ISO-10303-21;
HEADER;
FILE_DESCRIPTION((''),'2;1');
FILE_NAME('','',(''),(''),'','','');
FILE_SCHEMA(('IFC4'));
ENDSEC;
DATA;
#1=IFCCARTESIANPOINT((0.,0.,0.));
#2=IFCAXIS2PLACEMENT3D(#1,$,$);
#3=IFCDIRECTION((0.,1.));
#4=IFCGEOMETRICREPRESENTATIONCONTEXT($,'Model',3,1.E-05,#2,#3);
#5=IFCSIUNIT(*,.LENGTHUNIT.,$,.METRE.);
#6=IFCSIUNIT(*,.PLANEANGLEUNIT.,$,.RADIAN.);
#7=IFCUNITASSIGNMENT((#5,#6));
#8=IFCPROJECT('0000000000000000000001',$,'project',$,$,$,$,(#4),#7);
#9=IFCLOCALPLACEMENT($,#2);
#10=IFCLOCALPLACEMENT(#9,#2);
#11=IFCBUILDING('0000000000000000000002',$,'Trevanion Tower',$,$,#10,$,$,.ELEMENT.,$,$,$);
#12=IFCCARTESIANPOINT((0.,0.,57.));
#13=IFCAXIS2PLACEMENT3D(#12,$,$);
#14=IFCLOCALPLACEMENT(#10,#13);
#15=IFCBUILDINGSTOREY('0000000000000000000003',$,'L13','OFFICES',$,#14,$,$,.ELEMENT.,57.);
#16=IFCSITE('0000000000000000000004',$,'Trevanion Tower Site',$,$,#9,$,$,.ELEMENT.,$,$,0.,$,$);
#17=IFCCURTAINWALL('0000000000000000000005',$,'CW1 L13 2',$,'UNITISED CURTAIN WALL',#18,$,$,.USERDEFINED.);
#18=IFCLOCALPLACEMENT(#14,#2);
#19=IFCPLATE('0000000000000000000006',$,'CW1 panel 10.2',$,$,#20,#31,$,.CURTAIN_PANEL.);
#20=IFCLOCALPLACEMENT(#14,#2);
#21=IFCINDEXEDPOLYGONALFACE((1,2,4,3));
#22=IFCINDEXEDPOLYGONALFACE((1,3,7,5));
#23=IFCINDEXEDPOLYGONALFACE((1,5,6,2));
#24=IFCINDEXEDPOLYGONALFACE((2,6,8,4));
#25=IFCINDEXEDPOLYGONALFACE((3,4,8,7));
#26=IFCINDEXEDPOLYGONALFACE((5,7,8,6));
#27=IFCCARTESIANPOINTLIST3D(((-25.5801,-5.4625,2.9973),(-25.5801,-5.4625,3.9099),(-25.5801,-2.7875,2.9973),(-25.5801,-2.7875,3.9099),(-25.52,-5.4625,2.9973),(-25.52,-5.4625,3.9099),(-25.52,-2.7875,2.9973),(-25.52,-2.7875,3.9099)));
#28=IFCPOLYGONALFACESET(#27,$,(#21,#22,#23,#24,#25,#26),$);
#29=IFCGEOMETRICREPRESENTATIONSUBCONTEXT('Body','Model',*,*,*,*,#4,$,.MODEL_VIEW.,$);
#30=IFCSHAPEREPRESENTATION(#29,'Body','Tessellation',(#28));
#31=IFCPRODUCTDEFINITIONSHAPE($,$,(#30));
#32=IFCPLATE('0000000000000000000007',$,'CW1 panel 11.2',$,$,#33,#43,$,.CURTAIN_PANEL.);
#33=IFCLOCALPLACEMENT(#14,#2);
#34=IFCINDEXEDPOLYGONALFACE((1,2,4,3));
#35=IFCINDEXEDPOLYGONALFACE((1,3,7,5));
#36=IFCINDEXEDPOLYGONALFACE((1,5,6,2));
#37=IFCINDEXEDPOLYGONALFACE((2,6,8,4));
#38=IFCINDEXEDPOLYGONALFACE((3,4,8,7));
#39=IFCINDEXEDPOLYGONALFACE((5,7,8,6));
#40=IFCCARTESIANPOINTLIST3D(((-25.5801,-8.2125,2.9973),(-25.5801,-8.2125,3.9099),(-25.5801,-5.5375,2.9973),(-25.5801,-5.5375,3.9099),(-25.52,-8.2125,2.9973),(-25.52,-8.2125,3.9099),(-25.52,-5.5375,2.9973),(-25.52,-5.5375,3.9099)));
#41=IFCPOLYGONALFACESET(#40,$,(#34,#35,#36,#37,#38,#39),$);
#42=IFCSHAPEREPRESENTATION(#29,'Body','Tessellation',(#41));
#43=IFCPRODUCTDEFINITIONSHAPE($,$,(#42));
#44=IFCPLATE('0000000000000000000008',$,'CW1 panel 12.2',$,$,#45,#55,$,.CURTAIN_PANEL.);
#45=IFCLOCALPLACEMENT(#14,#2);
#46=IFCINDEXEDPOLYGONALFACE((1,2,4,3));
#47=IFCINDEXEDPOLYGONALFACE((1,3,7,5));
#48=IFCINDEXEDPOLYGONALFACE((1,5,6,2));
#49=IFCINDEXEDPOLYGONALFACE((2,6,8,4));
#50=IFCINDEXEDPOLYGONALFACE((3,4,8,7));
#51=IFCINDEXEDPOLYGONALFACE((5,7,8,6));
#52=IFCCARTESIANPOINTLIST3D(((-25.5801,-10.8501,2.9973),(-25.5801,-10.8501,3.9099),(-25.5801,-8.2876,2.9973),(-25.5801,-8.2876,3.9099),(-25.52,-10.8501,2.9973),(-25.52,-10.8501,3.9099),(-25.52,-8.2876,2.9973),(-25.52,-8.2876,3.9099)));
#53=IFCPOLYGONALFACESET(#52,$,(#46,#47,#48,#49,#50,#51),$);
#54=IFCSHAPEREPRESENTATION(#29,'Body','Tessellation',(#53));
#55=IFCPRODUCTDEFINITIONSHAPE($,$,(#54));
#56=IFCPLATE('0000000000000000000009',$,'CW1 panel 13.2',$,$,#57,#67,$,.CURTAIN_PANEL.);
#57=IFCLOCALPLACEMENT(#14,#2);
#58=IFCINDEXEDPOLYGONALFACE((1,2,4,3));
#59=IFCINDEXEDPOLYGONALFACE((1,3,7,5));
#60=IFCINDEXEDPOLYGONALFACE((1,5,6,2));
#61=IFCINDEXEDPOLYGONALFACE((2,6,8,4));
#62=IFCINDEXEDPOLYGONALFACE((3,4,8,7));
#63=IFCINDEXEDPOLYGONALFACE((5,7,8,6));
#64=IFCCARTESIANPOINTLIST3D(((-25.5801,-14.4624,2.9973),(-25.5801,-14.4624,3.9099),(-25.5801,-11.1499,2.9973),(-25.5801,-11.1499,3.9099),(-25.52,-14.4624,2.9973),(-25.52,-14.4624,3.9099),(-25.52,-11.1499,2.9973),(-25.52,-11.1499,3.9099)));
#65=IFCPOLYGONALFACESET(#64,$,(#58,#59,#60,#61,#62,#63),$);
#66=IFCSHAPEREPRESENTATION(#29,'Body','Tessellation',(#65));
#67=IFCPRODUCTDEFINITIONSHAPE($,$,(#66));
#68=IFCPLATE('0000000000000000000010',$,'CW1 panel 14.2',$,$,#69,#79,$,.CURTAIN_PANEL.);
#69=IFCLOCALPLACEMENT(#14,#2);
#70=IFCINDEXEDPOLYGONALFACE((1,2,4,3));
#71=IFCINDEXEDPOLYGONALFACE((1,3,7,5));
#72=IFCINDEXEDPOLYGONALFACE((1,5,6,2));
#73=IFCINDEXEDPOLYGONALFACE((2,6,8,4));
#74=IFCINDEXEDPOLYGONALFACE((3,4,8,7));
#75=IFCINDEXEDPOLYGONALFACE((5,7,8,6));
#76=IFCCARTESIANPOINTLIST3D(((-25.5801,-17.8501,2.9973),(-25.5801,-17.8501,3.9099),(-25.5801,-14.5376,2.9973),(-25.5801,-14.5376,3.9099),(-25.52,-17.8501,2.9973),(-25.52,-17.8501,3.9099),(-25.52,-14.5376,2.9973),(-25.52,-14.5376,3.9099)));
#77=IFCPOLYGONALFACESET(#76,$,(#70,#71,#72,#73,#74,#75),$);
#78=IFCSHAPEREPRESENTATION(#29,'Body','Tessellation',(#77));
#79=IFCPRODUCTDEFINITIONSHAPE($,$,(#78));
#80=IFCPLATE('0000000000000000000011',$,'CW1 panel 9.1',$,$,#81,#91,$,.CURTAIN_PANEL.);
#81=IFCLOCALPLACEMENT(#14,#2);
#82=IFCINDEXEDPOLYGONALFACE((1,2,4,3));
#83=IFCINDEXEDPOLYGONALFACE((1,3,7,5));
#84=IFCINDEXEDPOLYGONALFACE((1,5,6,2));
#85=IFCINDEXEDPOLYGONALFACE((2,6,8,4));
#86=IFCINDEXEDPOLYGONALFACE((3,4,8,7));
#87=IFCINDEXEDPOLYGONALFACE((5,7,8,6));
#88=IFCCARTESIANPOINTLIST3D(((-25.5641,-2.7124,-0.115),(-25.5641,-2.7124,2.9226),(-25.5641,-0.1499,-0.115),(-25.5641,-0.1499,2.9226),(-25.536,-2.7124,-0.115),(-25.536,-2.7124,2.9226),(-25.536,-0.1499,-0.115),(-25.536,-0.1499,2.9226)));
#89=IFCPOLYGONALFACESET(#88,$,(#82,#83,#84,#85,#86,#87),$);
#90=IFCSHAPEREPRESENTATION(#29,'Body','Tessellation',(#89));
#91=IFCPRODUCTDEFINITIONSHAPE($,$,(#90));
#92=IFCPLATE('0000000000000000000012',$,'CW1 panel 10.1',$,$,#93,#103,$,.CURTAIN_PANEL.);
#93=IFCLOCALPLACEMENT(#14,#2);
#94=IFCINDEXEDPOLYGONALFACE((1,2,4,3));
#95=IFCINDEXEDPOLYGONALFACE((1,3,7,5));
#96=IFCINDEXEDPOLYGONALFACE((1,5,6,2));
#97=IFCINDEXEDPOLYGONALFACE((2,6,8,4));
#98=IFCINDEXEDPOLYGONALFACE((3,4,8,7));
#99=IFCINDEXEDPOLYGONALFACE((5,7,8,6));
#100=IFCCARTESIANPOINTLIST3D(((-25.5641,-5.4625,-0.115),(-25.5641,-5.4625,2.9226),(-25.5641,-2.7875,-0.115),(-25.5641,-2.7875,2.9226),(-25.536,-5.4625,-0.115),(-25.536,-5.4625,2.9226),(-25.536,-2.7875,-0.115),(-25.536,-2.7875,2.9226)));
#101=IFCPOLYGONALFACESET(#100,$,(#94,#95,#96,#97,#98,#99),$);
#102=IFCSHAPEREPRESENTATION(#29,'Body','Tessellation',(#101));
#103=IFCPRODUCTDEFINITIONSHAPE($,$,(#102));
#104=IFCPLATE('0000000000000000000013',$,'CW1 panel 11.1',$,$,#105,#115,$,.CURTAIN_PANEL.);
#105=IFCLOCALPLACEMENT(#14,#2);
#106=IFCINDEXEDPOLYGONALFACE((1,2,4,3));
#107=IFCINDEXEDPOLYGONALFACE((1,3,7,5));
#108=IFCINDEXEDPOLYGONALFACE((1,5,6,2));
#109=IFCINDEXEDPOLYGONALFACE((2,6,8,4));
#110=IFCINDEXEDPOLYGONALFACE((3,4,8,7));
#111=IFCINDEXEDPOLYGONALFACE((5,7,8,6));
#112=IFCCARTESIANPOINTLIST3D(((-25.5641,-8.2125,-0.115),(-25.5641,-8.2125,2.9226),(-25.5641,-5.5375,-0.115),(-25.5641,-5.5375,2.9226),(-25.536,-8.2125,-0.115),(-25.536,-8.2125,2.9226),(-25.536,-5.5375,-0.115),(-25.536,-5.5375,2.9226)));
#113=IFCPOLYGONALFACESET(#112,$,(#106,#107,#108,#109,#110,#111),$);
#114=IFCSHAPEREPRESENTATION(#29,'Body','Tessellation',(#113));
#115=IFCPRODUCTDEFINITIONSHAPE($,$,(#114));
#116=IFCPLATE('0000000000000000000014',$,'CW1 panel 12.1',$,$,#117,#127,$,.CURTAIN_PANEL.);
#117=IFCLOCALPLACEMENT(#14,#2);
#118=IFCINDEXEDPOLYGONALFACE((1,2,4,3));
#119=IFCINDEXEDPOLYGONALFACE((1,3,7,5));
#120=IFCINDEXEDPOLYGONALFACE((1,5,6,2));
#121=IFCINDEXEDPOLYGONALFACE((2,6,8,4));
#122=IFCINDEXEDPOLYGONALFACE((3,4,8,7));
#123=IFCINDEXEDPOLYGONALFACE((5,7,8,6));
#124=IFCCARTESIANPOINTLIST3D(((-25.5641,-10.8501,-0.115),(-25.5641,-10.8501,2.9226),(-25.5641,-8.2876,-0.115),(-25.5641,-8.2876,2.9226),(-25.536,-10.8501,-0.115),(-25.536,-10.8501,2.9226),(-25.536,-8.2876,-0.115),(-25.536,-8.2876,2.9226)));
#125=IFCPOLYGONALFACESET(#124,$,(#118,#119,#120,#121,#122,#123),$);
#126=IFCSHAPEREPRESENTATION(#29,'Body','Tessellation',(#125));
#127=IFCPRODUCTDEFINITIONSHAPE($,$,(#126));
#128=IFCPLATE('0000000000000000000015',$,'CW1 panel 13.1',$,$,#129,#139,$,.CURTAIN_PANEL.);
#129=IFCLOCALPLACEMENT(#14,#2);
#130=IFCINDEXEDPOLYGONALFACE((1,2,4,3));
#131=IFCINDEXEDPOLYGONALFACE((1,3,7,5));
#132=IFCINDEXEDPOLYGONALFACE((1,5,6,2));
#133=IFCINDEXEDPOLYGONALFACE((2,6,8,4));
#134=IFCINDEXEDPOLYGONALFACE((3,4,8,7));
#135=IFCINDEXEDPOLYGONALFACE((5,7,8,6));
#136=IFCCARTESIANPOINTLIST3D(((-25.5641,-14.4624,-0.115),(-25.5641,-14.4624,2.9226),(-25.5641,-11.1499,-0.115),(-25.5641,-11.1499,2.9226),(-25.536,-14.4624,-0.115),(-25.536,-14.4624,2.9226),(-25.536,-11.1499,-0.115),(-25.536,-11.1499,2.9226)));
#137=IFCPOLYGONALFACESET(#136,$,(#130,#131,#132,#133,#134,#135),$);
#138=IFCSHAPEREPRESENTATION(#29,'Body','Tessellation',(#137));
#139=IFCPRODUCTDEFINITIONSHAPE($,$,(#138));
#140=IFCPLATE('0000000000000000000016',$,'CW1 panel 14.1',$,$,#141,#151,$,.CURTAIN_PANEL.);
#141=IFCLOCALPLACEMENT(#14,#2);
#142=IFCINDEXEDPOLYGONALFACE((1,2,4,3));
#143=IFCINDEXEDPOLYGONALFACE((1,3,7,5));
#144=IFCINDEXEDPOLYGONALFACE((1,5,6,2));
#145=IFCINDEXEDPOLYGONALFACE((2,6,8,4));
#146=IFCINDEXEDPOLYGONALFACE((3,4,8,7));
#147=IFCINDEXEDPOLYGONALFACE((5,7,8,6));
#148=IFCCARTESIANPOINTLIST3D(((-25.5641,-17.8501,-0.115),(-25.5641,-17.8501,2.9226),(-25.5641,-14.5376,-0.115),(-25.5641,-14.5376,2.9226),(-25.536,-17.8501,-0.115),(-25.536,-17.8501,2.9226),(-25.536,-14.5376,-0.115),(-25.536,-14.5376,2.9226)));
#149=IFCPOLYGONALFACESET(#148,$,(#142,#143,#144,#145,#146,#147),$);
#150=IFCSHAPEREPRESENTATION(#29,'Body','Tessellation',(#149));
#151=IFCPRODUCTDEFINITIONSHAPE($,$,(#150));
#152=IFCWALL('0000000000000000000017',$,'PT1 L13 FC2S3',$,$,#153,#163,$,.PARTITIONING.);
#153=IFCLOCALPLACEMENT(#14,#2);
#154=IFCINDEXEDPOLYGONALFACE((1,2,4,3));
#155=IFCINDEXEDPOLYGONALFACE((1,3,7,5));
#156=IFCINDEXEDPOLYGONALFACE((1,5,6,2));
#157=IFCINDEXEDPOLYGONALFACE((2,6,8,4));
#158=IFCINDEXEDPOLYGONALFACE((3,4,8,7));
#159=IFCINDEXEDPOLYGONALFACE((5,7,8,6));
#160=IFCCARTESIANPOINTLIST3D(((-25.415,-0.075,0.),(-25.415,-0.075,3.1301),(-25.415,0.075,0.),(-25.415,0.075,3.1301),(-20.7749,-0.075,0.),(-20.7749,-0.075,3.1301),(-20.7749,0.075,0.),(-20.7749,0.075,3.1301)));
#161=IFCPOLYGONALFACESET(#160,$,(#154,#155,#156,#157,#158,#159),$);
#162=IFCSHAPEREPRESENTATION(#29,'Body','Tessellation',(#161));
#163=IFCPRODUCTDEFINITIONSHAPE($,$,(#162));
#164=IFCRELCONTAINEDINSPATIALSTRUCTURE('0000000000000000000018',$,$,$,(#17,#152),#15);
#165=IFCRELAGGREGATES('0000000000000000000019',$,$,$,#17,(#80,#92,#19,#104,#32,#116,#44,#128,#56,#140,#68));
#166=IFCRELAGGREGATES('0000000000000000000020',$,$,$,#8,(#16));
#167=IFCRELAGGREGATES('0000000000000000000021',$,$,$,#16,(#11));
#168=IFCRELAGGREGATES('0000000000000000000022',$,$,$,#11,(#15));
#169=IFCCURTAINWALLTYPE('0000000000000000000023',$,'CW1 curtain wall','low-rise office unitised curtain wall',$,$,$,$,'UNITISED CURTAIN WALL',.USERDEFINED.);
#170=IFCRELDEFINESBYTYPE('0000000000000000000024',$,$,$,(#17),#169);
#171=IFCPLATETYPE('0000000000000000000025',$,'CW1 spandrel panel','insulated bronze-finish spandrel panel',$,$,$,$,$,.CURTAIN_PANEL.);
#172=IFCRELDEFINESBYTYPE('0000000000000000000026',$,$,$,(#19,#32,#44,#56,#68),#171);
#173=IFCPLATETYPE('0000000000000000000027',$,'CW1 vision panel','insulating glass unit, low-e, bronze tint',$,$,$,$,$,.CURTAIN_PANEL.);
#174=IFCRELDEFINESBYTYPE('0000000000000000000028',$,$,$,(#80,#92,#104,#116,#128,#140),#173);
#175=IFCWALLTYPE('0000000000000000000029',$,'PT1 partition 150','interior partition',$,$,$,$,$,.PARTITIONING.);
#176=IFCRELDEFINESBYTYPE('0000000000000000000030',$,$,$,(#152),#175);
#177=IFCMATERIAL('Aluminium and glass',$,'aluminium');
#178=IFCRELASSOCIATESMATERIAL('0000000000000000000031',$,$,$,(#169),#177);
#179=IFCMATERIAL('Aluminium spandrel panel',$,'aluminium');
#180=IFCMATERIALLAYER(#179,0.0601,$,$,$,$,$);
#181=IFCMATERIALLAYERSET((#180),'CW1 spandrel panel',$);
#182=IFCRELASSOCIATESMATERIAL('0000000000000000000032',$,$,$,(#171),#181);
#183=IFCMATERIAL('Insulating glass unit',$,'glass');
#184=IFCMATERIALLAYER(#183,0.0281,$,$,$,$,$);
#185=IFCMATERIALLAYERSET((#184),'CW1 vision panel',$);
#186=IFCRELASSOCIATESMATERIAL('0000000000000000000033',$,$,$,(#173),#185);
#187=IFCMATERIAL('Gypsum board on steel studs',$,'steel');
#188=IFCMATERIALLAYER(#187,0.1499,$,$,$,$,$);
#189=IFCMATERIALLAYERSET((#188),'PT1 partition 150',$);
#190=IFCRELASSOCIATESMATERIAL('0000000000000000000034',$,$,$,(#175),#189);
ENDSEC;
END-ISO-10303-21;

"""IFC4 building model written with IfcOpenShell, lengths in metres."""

from ifc_helpers import new_model, si_unit, direction, frame, frame_2d, origin, origin_2d, place, context, subcontext, project, spatial, rectangle, extrude, material, layer, layer_set, type_object, element, aggregate, save


model = new_model("IFC4")

# Units and contexts
model_context = context("Model", 3, precision=1e-05, world=origin(), true_north=direction((0.0, 1.0)))
body_context = subcontext(model_context, "Body", "Model", "MODEL_VIEW")
ifc_project = project(units=[si_unit("LENGTHUNIT", "METRE"), si_unit("PLANEANGLEUNIT", "RADIAN")], contexts=[model_context])

# Site, building, storey
site_placement = place(None, origin())
site = spatial("IfcSite", under=ifc_project, at=site_placement, Name="Trevanion Tower Site", CompositionType="ELEMENT", RefElevation=0.0)
building_placement = place(site_placement, origin())
building = spatial("IfcBuilding", under=site, at=building_placement, Name="Trevanion Tower", CompositionType="ELEMENT")
storey_placement = place(building_placement, frame((0.0, 0.0, 57.0)))
storey = spatial("IfcBuildingStorey", under=building, at=storey_placement, Name="L13", Description="OFFICES", CompositionType="ELEMENT", Elevation=57.0)

# Curtain wall
ifc_material_1 = material(Name="Aluminium and glass", Category="aluminium")
curtain_wall_type = type_object("IfcCurtainWallType", Name="CW1 curtain wall", Description="low-rise office unitised curtain wall", ElementType="UNITISED CURTAIN WALL", PredefinedType="USERDEFINED", material=ifc_material_1)
curtain_wall_placement = place(storey_placement, origin())
curtain_wall = element("IfcCurtainWall", 1, at=curtain_wall_placement, inside=storey, type_object=curtain_wall_type, Name="CW1 L13 2", ObjectType="UNITISED CURTAIN WALL", PredefinedType="USERDEFINED")

# Plates
ifc_material_2 = material(Name="Aluminium spandrel panel", Category="aluminium")
ifc_layer_1 = layer(ifc_material_2, 0.0601)
ifc_layer_set_1 = layer_set([ifc_layer_1], Name="CW1 spandrel panel")
plate_type_1 = type_object("IfcPlateType", Name="CW1 spandrel panel", Description="insulated bronze-finish spandrel panel", PredefinedType="CURTAIN_PANEL", material=ifc_layer_set_1)
plate_1_placement = place(storey_placement, frame((-25.55, -4.125, 2.9973), z_axis=(0.0, 0.0, 1.0), x_axis=(0.0, -1.0, 0.0)))
plate_1 = element("IfcPlate", 2, at=plate_1_placement, type_object=plate_type_1, Name="CW1 panel 10.2", PredefinedType="CURTAIN_PANEL", context=body_context, shape_type="SweptSolid", body=[
    extrude(rectangle(XDim=2.675, YDim=0.0601, at=origin_2d()), origin(), (0.0, 0.0, 1.0), 0.9126),
])
plate_2_placement = place(storey_placement, frame((-25.55, -6.875, 2.9973), z_axis=(0.0, 0.0, 1.0), x_axis=(0.0, -1.0, 0.0)))
plate_2 = element("IfcPlate", 3, at=plate_2_placement, type_object=plate_type_1, Name="CW1 panel 11.2", PredefinedType="CURTAIN_PANEL", context=body_context, shape_type="SweptSolid", body=[
    extrude(rectangle(XDim=2.675, YDim=0.0601, at=origin_2d()), origin(), (0.0, 0.0, 1.0), 0.9126),
])
plate_3_placement = place(storey_placement, frame((-25.55, -9.5688, 2.9973), z_axis=(0.0, 0.0, 1.0), x_axis=(0.0, -1.0, 0.0)))
plate_3 = element("IfcPlate", 4, at=plate_3_placement, type_object=plate_type_1, Name="CW1 panel 12.2", PredefinedType="CURTAIN_PANEL", context=body_context, shape_type="SweptSolid", body=[
    extrude(rectangle(XDim=2.5625, YDim=0.0601, at=origin_2d()), origin(), (0.0, 0.0, 1.0), 0.9126),
])
plate_4_placement = place(storey_placement, frame((-25.55, -12.8062, 2.9973), z_axis=(0.0, 0.0, 1.0), x_axis=(0.0, -1.0, 0.0)))
plate_4 = element("IfcPlate", 5, at=plate_4_placement, type_object=plate_type_1, Name="CW1 panel 13.2", PredefinedType="CURTAIN_PANEL", context=body_context, shape_type="SweptSolid", body=[
    extrude(rectangle(XDim=3.3125, YDim=0.0601, at=origin_2d()), origin(), (0.0, 0.0, 1.0), 0.9126),
])
plate_5_placement = place(storey_placement, frame((-25.55, -16.1938, 2.9973), z_axis=(0.0, 0.0, 1.0), x_axis=(0.0, -1.0, 0.0)))
plate_5 = element("IfcPlate", 6, at=plate_5_placement, type_object=plate_type_1, Name="CW1 panel 14.2", PredefinedType="CURTAIN_PANEL", context=body_context, shape_type="SweptSolid", body=[
    extrude(rectangle(XDim=3.3125, YDim=0.0601, at=origin_2d()), origin(), (0.0, 0.0, 1.0), 0.9126),
])
ifc_material_3 = material(Name="Insulating glass unit", Category="glass")
ifc_layer_2 = layer(ifc_material_3, 0.0281)
ifc_layer_set_2 = layer_set([ifc_layer_2], Name="CW1 vision panel")
plate_type_2 = type_object("IfcPlateType", Name="CW1 vision panel", Description="insulating glass unit, low-e, bronze tint", PredefinedType="CURTAIN_PANEL", material=ifc_layer_set_2)
plate_6_placement = place(storey_placement, frame((-25.55, -1.4312, -0.115), z_axis=(0.0, 0.0, 1.0), x_axis=(0.0, -1.0, 0.0)))
plate_6 = element("IfcPlate", 7, at=plate_6_placement, type_object=plate_type_2, Name="CW1 panel 9.1", PredefinedType="CURTAIN_PANEL", context=body_context, shape_type="SweptSolid", body=[
    extrude(rectangle(XDim=2.5625, YDim=0.0281, at=origin_2d()), origin(), (0.0, 0.0, 1.0), 3.0376),
])
plate_7_placement = place(storey_placement, frame((-25.55, -4.125, -0.115), z_axis=(0.0, 0.0, 1.0), x_axis=(0.0, -1.0, 0.0)))
plate_7 = element("IfcPlate", 8, at=plate_7_placement, type_object=plate_type_2, Name="CW1 panel 10.1", PredefinedType="CURTAIN_PANEL", context=body_context, shape_type="SweptSolid", body=[
    extrude(rectangle(XDim=2.675, YDim=0.0281, at=origin_2d()), origin(), (0.0, 0.0, 1.0), 3.0376),
])
plate_8_placement = place(storey_placement, frame((-25.55, -6.875, -0.115), z_axis=(0.0, 0.0, 1.0), x_axis=(0.0, -1.0, 0.0)))
plate_8 = element("IfcPlate", 9, at=plate_8_placement, type_object=plate_type_2, Name="CW1 panel 11.1", PredefinedType="CURTAIN_PANEL", context=body_context, shape_type="SweptSolid", body=[
    extrude(rectangle(XDim=2.675, YDim=0.0281, at=origin_2d()), origin(), (0.0, 0.0, 1.0), 3.0376),
])
plate_9_placement = place(storey_placement, frame((-25.55, -9.5688, -0.115), z_axis=(0.0, 0.0, 1.0), x_axis=(0.0, -1.0, 0.0)))
plate_9 = element("IfcPlate", 10, at=plate_9_placement, type_object=plate_type_2, Name="CW1 panel 12.1", PredefinedType="CURTAIN_PANEL", context=body_context, shape_type="SweptSolid", body=[
    extrude(rectangle(XDim=2.5625, YDim=0.0281, at=origin_2d()), origin(), (0.0, 0.0, 1.0), 3.0376),
])
plate_10_placement = place(storey_placement, frame((-25.55, -12.8062, -0.115), z_axis=(0.0, 0.0, 1.0), x_axis=(0.0, -1.0, 0.0)))
plate_10 = element("IfcPlate", 11, at=plate_10_placement, type_object=plate_type_2, Name="CW1 panel 13.1", PredefinedType="CURTAIN_PANEL", context=body_context, shape_type="SweptSolid", body=[
    extrude(rectangle(XDim=3.3125, YDim=0.0281, at=origin_2d()), origin(), (0.0, 0.0, 1.0), 3.0376),
])
plate_11_placement = place(storey_placement, frame((-25.55, -16.1938, -0.115), z_axis=(0.0, 0.0, 1.0), x_axis=(0.0, -1.0, 0.0)))
plate_11 = element("IfcPlate", 12, at=plate_11_placement, type_object=plate_type_2, Name="CW1 panel 14.1", PredefinedType="CURTAIN_PANEL", context=body_context, shape_type="SweptSolid", body=[
    extrude(rectangle(XDim=3.3125, YDim=0.0281, at=origin_2d()), origin(), (0.0, 0.0, 1.0), 3.0376),
])
aggregate(curtain_wall, [plate_6, plate_7, plate_1, plate_8, plate_2, plate_9, plate_3, plate_10, plate_4, plate_11, plate_5])

# Wall
ifc_material_4 = material(Name="Gypsum board on steel studs", Category="steel")
ifc_layer_3 = layer(ifc_material_4, 0.1499)
ifc_layer_set_3 = layer_set([ifc_layer_3], Name="PT1 partition 150")
wall_type = type_object("IfcWallType", Name="PT1 partition 150", Description="interior partition", PredefinedType="PARTITIONING", material=ifc_layer_set_3)
wall_placement = place(storey_placement, frame((-20.7749, 0.0, 0.0), z_axis=(0.0, 0.0, 1.0), x_axis=(-1.0, 0.0, 0.0)))
element("IfcWall", 13, at=wall_placement, inside=storey, type_object=wall_type, Name="PT1 L13 FC2S3", PredefinedType="PARTITIONING", context=body_context, shape_type="SweptSolid", body=[
    extrude(rectangle(XDim=4.6401, YDim=0.1499, at=frame_2d((2.3201, 0.0))), origin(), (0.0, 0.0, 1.0), 3.1301),
])

save(model, "model.ifc")
